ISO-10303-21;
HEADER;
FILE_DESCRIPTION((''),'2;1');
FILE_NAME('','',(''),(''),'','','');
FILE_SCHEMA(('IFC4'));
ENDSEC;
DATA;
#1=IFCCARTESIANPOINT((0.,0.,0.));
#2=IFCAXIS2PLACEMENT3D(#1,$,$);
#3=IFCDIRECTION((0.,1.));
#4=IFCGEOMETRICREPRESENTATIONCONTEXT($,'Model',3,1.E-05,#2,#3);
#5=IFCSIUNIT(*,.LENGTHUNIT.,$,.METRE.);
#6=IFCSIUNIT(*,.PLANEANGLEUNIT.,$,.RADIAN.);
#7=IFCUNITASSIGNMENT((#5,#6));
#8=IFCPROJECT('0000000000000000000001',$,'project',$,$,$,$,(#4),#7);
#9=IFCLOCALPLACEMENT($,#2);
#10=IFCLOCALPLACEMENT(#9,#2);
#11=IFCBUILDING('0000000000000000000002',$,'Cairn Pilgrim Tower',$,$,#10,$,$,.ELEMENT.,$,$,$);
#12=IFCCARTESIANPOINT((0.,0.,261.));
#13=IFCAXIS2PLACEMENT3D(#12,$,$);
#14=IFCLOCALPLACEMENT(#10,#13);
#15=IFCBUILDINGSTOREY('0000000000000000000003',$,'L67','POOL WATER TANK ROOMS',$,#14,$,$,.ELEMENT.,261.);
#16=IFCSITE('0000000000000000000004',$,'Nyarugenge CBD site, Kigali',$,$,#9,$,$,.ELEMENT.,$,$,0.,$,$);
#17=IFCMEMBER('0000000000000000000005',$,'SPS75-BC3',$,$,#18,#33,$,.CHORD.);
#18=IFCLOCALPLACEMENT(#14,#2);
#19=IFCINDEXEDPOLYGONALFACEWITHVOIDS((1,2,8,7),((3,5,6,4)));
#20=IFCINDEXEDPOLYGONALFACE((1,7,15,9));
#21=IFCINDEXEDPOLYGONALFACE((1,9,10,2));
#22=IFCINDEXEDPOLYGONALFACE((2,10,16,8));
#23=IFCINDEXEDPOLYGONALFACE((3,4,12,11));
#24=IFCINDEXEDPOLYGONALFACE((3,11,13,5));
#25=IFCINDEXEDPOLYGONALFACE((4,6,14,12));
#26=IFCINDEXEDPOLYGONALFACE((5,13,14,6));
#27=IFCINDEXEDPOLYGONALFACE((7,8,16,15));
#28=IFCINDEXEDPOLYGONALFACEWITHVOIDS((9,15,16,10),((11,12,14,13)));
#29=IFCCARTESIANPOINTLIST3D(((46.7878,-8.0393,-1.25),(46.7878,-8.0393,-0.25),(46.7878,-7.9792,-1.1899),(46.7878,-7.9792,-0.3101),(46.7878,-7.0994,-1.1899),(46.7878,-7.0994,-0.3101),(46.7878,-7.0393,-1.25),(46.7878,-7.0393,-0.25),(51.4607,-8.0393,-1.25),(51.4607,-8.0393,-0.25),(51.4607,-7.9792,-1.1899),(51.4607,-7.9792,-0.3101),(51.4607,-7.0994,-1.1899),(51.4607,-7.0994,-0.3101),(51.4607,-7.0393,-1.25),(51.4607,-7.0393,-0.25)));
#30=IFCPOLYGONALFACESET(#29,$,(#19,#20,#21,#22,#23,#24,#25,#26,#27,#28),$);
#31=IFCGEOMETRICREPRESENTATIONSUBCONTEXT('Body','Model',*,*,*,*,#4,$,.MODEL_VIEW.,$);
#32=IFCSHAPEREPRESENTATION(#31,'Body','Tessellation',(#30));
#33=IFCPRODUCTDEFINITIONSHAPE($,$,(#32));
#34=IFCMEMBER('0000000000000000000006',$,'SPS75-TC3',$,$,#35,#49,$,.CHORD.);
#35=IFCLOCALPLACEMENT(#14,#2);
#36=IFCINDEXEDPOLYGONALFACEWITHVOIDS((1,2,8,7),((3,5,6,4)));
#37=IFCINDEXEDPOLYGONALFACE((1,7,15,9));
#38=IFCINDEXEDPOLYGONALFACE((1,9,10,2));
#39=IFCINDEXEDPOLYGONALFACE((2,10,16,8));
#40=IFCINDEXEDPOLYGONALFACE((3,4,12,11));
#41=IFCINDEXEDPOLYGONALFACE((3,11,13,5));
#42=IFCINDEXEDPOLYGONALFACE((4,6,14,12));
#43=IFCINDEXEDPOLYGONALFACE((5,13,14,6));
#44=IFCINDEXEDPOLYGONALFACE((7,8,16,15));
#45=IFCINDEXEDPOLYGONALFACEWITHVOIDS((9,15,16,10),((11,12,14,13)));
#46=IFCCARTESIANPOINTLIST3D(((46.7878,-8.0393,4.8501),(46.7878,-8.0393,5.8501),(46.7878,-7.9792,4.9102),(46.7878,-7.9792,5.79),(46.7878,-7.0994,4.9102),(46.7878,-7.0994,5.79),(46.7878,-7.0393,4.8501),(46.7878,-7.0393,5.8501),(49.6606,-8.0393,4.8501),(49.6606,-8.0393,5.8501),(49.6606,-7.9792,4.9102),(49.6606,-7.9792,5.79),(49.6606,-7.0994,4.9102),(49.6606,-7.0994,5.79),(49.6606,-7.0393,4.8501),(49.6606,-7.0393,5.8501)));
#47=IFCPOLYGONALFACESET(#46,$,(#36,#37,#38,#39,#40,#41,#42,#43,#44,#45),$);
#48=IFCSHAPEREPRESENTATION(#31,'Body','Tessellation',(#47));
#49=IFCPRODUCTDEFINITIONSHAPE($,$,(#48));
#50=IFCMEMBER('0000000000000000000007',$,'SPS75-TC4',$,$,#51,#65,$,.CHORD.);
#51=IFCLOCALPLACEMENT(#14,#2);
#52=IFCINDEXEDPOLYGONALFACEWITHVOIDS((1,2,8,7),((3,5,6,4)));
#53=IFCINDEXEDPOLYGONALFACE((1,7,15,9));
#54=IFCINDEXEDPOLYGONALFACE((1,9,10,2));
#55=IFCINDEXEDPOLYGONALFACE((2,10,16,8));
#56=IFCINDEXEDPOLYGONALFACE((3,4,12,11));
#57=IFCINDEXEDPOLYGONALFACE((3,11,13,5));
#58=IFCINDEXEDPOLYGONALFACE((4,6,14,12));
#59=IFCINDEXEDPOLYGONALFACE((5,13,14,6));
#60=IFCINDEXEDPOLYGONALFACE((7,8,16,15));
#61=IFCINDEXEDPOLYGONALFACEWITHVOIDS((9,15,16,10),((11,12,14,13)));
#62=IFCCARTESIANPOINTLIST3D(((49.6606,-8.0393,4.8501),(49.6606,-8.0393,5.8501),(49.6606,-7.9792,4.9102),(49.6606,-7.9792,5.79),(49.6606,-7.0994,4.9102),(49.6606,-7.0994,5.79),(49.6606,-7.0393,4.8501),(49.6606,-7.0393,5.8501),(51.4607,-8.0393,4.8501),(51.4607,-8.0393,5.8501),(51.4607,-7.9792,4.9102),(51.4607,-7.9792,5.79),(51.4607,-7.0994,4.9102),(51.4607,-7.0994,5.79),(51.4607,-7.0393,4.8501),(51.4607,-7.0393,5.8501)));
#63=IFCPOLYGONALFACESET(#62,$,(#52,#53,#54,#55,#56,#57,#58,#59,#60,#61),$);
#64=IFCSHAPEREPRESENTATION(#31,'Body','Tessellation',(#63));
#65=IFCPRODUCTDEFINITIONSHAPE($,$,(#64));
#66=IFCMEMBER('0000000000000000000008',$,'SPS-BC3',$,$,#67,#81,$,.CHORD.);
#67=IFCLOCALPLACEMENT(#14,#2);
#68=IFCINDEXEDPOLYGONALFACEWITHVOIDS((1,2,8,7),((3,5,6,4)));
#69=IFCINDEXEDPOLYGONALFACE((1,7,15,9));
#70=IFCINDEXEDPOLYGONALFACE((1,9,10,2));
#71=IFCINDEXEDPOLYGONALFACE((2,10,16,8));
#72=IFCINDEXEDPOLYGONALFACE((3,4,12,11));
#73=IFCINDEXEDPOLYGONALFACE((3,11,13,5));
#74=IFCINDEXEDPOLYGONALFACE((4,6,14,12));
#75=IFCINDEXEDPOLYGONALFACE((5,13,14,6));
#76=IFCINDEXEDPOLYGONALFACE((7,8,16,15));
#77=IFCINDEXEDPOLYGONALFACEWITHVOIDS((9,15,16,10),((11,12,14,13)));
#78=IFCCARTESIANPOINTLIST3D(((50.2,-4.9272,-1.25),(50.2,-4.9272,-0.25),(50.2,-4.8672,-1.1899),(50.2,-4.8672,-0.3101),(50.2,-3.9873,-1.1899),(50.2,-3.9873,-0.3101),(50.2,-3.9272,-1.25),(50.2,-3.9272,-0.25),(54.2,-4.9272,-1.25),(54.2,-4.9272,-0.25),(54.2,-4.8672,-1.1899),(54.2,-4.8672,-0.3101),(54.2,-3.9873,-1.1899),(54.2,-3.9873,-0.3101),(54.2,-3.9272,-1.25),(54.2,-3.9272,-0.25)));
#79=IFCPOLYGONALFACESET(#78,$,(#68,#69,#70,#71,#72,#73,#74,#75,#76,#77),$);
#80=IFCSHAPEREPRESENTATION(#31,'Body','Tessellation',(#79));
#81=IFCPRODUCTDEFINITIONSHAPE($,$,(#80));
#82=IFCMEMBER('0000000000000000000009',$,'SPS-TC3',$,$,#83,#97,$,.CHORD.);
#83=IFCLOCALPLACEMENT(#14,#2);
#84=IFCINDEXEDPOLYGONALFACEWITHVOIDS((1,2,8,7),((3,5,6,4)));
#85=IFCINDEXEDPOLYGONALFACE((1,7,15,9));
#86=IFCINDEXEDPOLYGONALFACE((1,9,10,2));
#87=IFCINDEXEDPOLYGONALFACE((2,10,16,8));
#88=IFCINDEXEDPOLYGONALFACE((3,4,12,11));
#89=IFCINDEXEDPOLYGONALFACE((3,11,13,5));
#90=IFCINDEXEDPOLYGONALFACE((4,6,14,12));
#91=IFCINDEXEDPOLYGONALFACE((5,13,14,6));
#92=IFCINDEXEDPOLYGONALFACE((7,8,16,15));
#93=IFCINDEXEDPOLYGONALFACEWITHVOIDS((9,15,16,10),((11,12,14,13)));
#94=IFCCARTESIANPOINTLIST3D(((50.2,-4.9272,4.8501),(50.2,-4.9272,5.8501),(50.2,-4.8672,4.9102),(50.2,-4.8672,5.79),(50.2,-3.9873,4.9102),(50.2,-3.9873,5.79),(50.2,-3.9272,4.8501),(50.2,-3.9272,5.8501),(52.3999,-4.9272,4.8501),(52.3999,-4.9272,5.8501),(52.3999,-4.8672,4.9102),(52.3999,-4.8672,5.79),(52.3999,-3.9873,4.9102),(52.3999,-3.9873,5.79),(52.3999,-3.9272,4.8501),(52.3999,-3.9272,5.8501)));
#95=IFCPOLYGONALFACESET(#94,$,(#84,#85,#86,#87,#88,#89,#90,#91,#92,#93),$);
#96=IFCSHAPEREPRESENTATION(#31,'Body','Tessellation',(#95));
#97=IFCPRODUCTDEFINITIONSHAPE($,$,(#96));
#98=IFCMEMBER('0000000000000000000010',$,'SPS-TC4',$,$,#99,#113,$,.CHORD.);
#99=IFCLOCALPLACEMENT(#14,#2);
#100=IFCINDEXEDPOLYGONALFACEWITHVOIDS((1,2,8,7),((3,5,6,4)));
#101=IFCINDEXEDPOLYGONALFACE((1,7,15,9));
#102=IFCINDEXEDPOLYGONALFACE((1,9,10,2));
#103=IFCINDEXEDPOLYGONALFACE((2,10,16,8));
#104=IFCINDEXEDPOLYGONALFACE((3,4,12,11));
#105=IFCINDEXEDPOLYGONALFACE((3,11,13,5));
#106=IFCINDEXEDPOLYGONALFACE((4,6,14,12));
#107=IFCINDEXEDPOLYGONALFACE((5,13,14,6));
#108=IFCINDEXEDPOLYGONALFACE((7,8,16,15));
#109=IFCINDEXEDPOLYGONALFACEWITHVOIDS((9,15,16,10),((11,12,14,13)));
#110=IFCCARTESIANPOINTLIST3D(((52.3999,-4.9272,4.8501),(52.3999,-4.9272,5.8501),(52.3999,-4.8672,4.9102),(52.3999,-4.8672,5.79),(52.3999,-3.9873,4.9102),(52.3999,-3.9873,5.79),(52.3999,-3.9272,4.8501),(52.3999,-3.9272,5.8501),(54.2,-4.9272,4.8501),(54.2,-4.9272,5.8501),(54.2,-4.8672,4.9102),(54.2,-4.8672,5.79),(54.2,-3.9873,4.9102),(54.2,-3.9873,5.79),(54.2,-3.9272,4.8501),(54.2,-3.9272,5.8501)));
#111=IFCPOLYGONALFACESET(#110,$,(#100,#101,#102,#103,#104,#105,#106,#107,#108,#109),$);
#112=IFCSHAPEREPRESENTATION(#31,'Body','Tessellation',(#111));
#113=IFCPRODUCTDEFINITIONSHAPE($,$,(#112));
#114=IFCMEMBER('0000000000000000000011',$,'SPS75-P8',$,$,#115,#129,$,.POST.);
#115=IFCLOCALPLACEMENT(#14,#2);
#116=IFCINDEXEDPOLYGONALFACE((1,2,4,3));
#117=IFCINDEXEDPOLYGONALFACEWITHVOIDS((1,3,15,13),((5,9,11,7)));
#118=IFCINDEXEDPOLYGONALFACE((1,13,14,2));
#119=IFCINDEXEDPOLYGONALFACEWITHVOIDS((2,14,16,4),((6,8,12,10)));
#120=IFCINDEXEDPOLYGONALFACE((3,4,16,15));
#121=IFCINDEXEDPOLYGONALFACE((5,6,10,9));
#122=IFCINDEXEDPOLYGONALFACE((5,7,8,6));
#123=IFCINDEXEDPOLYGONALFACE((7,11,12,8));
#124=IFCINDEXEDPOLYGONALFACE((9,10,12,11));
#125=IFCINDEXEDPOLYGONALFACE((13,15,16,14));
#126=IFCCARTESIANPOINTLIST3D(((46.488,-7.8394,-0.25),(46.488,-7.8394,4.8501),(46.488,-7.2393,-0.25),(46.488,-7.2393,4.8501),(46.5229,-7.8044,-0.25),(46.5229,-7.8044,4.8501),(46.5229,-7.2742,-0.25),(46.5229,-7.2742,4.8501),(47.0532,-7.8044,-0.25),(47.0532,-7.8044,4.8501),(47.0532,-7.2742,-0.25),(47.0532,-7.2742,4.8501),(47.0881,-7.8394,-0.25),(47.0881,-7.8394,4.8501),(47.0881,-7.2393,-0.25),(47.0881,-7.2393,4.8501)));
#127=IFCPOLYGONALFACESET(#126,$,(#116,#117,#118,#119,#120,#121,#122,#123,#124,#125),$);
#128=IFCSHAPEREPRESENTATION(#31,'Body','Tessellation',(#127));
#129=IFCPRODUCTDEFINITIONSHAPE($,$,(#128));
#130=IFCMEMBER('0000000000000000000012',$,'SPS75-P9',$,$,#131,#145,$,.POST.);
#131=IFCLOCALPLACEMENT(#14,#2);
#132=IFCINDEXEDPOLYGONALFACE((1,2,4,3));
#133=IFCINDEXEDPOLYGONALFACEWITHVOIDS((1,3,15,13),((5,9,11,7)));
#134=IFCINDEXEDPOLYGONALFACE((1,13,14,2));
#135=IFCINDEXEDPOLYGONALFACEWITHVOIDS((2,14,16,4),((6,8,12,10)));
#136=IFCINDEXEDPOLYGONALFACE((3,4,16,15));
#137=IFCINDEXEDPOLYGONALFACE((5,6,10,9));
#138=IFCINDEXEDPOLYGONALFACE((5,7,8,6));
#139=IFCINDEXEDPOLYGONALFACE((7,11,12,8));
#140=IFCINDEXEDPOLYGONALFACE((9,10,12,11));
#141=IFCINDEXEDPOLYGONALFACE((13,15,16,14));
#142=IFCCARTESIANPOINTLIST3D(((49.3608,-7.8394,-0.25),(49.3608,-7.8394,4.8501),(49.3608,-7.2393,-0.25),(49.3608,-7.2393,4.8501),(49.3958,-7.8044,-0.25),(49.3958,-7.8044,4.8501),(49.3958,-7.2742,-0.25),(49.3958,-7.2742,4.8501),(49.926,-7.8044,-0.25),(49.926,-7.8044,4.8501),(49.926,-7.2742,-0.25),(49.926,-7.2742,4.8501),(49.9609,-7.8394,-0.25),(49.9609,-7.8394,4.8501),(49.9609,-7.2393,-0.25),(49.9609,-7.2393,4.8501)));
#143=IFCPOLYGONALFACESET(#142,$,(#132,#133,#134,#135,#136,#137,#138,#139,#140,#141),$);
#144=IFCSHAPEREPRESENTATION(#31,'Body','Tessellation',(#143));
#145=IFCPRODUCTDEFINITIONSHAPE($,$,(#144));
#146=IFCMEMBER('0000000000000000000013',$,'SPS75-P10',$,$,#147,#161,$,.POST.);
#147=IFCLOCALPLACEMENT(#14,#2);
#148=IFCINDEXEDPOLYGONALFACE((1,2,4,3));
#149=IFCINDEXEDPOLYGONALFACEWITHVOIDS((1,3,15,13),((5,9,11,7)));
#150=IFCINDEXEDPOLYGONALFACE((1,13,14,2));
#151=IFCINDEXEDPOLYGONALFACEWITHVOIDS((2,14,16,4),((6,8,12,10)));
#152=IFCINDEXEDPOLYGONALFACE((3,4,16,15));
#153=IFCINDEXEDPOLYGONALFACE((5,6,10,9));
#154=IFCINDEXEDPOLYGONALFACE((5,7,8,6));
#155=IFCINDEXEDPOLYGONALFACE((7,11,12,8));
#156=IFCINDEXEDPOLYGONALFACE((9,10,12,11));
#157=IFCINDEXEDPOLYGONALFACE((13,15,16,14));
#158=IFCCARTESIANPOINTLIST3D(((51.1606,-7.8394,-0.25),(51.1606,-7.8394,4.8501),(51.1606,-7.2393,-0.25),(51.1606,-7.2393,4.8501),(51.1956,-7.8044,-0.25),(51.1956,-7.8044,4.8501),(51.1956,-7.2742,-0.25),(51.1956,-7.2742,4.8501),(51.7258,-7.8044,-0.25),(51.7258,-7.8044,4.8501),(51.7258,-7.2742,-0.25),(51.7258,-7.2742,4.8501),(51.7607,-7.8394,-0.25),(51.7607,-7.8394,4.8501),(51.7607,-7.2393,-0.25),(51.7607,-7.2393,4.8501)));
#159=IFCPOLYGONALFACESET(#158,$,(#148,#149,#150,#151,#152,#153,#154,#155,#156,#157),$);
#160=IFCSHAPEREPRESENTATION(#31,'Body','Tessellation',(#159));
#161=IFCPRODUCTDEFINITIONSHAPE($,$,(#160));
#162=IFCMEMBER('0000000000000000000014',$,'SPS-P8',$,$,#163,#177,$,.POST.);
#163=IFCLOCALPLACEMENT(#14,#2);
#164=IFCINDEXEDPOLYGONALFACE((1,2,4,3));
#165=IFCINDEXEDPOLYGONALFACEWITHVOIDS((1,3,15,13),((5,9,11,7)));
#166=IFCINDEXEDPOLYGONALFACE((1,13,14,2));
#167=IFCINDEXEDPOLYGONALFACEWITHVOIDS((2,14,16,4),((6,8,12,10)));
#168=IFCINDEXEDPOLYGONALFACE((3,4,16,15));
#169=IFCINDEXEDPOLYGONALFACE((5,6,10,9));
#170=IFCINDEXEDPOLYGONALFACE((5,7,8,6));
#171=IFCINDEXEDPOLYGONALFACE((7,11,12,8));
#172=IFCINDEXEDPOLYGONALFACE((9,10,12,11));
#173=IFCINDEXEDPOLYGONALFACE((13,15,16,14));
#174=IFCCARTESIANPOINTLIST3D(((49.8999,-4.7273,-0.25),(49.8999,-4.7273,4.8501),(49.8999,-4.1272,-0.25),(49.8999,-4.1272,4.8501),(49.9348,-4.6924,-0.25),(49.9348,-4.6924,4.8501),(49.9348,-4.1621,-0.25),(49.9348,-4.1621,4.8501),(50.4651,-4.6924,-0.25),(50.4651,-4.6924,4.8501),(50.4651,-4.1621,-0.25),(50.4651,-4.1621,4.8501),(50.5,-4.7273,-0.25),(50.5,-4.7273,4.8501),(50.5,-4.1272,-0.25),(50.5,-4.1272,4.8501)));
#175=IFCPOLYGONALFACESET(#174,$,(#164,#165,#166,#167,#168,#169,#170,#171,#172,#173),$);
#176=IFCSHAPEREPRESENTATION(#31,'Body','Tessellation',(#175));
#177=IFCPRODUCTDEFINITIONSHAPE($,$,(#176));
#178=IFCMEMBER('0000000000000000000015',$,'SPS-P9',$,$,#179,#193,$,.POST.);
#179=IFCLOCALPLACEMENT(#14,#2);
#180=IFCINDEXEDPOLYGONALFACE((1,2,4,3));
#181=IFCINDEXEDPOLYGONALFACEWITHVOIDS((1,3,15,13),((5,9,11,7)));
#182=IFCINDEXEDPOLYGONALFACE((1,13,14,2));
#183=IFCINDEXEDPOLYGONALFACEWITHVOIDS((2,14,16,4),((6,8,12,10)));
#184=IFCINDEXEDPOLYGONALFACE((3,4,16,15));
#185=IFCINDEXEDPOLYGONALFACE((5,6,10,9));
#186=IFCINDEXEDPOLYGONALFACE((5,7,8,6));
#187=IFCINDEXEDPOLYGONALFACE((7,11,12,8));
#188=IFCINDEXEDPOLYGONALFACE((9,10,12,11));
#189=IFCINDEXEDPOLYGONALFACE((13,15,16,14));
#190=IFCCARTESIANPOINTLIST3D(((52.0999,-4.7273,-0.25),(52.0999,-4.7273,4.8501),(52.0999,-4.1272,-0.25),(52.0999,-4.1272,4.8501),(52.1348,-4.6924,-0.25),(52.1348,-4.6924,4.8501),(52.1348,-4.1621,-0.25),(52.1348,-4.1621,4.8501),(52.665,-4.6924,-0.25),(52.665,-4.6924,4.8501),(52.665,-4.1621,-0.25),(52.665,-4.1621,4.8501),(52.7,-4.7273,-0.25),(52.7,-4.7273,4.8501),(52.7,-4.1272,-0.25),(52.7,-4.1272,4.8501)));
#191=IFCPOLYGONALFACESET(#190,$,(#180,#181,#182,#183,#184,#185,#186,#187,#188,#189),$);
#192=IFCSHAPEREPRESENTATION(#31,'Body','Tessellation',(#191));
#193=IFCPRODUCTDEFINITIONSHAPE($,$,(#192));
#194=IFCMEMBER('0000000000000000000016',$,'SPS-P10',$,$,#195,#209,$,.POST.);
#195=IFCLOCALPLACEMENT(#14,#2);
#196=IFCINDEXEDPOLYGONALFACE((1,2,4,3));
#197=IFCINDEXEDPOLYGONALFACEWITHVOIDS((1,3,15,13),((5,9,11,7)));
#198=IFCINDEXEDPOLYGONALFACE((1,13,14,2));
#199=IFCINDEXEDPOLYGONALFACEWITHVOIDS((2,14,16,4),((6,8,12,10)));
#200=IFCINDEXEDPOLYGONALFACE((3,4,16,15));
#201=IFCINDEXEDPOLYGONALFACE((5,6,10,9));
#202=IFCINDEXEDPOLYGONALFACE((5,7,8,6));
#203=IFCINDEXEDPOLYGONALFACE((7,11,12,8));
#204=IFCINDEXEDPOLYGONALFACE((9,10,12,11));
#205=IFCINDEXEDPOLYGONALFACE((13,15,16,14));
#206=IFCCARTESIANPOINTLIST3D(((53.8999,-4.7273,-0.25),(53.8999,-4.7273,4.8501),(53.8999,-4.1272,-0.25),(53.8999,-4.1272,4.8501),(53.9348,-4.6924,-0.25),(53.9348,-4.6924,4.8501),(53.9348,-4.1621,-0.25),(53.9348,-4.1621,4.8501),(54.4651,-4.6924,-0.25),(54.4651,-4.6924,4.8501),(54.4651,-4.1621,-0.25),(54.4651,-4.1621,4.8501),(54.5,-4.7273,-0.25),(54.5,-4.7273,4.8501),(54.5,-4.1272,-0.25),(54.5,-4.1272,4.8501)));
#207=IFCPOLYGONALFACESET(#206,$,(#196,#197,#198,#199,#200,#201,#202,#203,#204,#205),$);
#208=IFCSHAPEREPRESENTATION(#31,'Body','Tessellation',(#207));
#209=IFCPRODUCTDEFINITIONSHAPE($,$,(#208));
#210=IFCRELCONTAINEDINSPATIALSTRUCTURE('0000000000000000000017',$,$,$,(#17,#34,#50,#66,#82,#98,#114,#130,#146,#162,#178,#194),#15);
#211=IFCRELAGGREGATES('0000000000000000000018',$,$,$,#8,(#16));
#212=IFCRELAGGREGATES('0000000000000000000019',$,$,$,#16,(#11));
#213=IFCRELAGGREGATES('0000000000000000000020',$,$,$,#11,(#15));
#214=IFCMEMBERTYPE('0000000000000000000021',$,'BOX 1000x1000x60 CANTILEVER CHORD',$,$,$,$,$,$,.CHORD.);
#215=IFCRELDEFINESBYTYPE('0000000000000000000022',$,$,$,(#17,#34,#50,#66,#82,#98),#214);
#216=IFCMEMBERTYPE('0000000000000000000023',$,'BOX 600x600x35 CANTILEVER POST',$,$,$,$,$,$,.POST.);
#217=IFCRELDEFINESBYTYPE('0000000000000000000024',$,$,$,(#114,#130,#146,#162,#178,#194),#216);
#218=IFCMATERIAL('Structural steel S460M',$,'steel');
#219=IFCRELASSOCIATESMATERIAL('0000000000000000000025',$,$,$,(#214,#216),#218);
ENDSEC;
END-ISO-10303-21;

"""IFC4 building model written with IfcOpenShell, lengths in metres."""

from ifc_helpers import new_model, si_unit, direction, frame, origin, origin_2d, place, context, subcontext, project, spatial, hollow_rectangle, extrude, material, material_profile, profile_set, type_object, element, save


model = new_model("IFC4")

# Units and contexts
model_context = context("Model", 3, precision=1e-05, world=origin(), true_north=direction((0.0, 1.0)))
body_context = subcontext(model_context, "Body", "Model", "MODEL_VIEW")
ifc_project = project(units=[si_unit("LENGTHUNIT", "METRE"), si_unit("PLANEANGLEUNIT", "RADIAN")], contexts=[model_context])

# Site, building, storey
site_placement = place(None, origin())
site = spatial("IfcSite", under=ifc_project, at=site_placement, Name="Nyarugenge CBD site, Kigali", CompositionType="ELEMENT", RefElevation=0.0)
building_placement = place(site_placement, origin())
building = spatial("IfcBuilding", under=site, at=building_placement, Name="Cairn Pilgrim Tower", CompositionType="ELEMENT")
storey_placement = place(building_placement, frame((0.0, 0.0, 261.0)))
storey = spatial("IfcBuildingStorey", under=building, at=storey_placement, Name="L67", Description="POOL WATER TANK ROOMS", CompositionType="ELEMENT", Elevation=261.0)

# Members
ifc_material = material(Name="Structural steel S460M", Category="steel")
ifc_material_profile_1 = material_profile(ifc_material, hollow_rectangle(XDim=1.0, YDim=1.0, WallThickness=0.0601, at=origin_2d()), Name="BOX 1000x1000x60")
ifc_profile_set_1 = profile_set([ifc_material_profile_1], Name="Structural steel S460M")
member_type_1 = type_object("IfcMemberType", Name="BOX 1000x1000x60 CANTILEVER CHORD", PredefinedType="CHORD", material=ifc_profile_set_1)
member_1_placement = place(storey_placement, frame((46.7878, -7.5393, -0.75), z_axis=(1.0, 0.0, 0.0), x_axis=(0.0, 1.0, 0.0)))
element("IfcMember", 1, at=member_1_placement, inside=storey, type_object=member_type_1, Name="SPS75-BC3", PredefinedType="CHORD", context=body_context, shape_type="SweptSolid", body=[
    extrude(hollow_rectangle(XDim=1.0, YDim=1.0, WallThickness=0.0601, at=origin_2d()), origin(), (0.0, 0.0, 1.0), 4.6729),
])
member_2_placement = place(storey_placement, frame((46.7878, -7.5393, 5.3501), z_axis=(1.0, 0.0, 0.0), x_axis=(0.0, 1.0, 0.0)))
element("IfcMember", 2, at=member_2_placement, inside=storey, type_object=member_type_1, Name="SPS75-TC3", PredefinedType="CHORD", context=body_context, shape_type="SweptSolid", body=[
    extrude(hollow_rectangle(XDim=1.0, YDim=1.0, WallThickness=0.0601, at=origin_2d()), origin(), (0.0, 0.0, 1.0), 2.8728),
])
member_3_placement = place(storey_placement, frame((49.6606, -7.5393, 5.3501), z_axis=(1.0, 0.0, 0.0), x_axis=(0.0, 1.0, 0.0)))
element("IfcMember", 3, at=member_3_placement, inside=storey, type_object=member_type_1, Name="SPS75-TC4", PredefinedType="CHORD", context=body_context, shape_type="SweptSolid", body=[
    extrude(hollow_rectangle(XDim=1.0, YDim=1.0, WallThickness=0.0601, at=origin_2d()), origin(), (0.0, 0.0, 1.0), 1.8),
])
member_4_placement = place(storey_placement, frame((50.2, -4.4272, -0.75), z_axis=(1.0, 0.0, 0.0), x_axis=(0.0, 1.0, 0.0)))
element("IfcMember", 4, at=member_4_placement, inside=storey, type_object=member_type_1, Name="SPS-BC3", PredefinedType="CHORD", context=body_context, shape_type="SweptSolid", body=[
    extrude(hollow_rectangle(XDim=1.0, YDim=1.0, WallThickness=0.0601, at=origin_2d()), origin(), (0.0, 0.0, 1.0), 4.0),
])
member_5_placement = place(storey_placement, frame((50.2, -4.4272, 5.3501), z_axis=(1.0, 0.0, 0.0), x_axis=(0.0, 1.0, 0.0)))
element("IfcMember", 5, at=member_5_placement, inside=storey, type_object=member_type_1, Name="SPS-TC3", PredefinedType="CHORD", context=body_context, shape_type="SweptSolid", body=[
    extrude(hollow_rectangle(XDim=1.0, YDim=1.0, WallThickness=0.0601, at=origin_2d()), origin(), (0.0, 0.0, 1.0), 2.2),
])
member_6_placement = place(storey_placement, frame((52.3999, -4.4272, 5.3501), z_axis=(1.0, 0.0, 0.0), x_axis=(0.0, 1.0, 0.0)))
element("IfcMember", 6, at=member_6_placement, inside=storey, type_object=member_type_1, Name="SPS-TC4", PredefinedType="CHORD", context=body_context, shape_type="SweptSolid", body=[
    extrude(hollow_rectangle(XDim=1.0, YDim=1.0, WallThickness=0.0601, at=origin_2d()), origin(), (0.0, 0.0, 1.0), 1.8),
])
ifc_material_profile_2 = material_profile(ifc_material, hollow_rectangle(XDim=0.6001, YDim=0.6001, WallThickness=0.0349, at=origin_2d()), Name="BOX 600x600x35")
ifc_profile_set_2 = profile_set([ifc_material_profile_2], Name="Structural steel S460M")
member_type_2 = type_object("IfcMemberType", Name="BOX 600x600x35 CANTILEVER POST", PredefinedType="POST", material=ifc_profile_set_2)
for number, where, z_axis, x_axis, name in (
    (7, (46.7881, -7.5393, -0.25), (0.0, 0.0, 1.0), (1.0, 0.0, 0.0), "SPS75-P8"),
    (8, (49.6609, -7.5393, -0.25), (0.0, 0.0, 1.0), (1.0, 0.0, 0.0), "SPS75-P9"),
    (9, (51.4607, -7.5393, -0.25), (0.0, 0.0, 1.0), (1.0, 0.0, 0.0), "SPS75-P10"),
    (10, (50.2, -4.4272, -0.25), (0.0, 0.0, 1.0), (1.0, 0.0, 0.0), "SPS-P8"),
    (11, (52.3999, -4.4272, -0.25), (0.0, 0.0, 1.0), (1.0, 0.0, 0.0), "SPS-P9"),
    (12, (54.2, -4.4272, -0.25), (0.0, 0.0, 1.0), (1.0, 0.0, 0.0), "SPS-P10"),
):
    element("IfcMember", number, at=place(storey_placement, frame(where, z_axis=z_axis, x_axis=x_axis)), inside=storey, type_object=member_type_2, Name=name, PredefinedType="POST", context=body_context, shape_type="SweptSolid", body=[
        extrude(hollow_rectangle(XDim=0.6001, YDim=0.6001, WallThickness=0.0349, at=origin_2d()), origin(), (0.0, 0.0, 1.0), 5.1001),
    ])

save(model, "model.ifc")
